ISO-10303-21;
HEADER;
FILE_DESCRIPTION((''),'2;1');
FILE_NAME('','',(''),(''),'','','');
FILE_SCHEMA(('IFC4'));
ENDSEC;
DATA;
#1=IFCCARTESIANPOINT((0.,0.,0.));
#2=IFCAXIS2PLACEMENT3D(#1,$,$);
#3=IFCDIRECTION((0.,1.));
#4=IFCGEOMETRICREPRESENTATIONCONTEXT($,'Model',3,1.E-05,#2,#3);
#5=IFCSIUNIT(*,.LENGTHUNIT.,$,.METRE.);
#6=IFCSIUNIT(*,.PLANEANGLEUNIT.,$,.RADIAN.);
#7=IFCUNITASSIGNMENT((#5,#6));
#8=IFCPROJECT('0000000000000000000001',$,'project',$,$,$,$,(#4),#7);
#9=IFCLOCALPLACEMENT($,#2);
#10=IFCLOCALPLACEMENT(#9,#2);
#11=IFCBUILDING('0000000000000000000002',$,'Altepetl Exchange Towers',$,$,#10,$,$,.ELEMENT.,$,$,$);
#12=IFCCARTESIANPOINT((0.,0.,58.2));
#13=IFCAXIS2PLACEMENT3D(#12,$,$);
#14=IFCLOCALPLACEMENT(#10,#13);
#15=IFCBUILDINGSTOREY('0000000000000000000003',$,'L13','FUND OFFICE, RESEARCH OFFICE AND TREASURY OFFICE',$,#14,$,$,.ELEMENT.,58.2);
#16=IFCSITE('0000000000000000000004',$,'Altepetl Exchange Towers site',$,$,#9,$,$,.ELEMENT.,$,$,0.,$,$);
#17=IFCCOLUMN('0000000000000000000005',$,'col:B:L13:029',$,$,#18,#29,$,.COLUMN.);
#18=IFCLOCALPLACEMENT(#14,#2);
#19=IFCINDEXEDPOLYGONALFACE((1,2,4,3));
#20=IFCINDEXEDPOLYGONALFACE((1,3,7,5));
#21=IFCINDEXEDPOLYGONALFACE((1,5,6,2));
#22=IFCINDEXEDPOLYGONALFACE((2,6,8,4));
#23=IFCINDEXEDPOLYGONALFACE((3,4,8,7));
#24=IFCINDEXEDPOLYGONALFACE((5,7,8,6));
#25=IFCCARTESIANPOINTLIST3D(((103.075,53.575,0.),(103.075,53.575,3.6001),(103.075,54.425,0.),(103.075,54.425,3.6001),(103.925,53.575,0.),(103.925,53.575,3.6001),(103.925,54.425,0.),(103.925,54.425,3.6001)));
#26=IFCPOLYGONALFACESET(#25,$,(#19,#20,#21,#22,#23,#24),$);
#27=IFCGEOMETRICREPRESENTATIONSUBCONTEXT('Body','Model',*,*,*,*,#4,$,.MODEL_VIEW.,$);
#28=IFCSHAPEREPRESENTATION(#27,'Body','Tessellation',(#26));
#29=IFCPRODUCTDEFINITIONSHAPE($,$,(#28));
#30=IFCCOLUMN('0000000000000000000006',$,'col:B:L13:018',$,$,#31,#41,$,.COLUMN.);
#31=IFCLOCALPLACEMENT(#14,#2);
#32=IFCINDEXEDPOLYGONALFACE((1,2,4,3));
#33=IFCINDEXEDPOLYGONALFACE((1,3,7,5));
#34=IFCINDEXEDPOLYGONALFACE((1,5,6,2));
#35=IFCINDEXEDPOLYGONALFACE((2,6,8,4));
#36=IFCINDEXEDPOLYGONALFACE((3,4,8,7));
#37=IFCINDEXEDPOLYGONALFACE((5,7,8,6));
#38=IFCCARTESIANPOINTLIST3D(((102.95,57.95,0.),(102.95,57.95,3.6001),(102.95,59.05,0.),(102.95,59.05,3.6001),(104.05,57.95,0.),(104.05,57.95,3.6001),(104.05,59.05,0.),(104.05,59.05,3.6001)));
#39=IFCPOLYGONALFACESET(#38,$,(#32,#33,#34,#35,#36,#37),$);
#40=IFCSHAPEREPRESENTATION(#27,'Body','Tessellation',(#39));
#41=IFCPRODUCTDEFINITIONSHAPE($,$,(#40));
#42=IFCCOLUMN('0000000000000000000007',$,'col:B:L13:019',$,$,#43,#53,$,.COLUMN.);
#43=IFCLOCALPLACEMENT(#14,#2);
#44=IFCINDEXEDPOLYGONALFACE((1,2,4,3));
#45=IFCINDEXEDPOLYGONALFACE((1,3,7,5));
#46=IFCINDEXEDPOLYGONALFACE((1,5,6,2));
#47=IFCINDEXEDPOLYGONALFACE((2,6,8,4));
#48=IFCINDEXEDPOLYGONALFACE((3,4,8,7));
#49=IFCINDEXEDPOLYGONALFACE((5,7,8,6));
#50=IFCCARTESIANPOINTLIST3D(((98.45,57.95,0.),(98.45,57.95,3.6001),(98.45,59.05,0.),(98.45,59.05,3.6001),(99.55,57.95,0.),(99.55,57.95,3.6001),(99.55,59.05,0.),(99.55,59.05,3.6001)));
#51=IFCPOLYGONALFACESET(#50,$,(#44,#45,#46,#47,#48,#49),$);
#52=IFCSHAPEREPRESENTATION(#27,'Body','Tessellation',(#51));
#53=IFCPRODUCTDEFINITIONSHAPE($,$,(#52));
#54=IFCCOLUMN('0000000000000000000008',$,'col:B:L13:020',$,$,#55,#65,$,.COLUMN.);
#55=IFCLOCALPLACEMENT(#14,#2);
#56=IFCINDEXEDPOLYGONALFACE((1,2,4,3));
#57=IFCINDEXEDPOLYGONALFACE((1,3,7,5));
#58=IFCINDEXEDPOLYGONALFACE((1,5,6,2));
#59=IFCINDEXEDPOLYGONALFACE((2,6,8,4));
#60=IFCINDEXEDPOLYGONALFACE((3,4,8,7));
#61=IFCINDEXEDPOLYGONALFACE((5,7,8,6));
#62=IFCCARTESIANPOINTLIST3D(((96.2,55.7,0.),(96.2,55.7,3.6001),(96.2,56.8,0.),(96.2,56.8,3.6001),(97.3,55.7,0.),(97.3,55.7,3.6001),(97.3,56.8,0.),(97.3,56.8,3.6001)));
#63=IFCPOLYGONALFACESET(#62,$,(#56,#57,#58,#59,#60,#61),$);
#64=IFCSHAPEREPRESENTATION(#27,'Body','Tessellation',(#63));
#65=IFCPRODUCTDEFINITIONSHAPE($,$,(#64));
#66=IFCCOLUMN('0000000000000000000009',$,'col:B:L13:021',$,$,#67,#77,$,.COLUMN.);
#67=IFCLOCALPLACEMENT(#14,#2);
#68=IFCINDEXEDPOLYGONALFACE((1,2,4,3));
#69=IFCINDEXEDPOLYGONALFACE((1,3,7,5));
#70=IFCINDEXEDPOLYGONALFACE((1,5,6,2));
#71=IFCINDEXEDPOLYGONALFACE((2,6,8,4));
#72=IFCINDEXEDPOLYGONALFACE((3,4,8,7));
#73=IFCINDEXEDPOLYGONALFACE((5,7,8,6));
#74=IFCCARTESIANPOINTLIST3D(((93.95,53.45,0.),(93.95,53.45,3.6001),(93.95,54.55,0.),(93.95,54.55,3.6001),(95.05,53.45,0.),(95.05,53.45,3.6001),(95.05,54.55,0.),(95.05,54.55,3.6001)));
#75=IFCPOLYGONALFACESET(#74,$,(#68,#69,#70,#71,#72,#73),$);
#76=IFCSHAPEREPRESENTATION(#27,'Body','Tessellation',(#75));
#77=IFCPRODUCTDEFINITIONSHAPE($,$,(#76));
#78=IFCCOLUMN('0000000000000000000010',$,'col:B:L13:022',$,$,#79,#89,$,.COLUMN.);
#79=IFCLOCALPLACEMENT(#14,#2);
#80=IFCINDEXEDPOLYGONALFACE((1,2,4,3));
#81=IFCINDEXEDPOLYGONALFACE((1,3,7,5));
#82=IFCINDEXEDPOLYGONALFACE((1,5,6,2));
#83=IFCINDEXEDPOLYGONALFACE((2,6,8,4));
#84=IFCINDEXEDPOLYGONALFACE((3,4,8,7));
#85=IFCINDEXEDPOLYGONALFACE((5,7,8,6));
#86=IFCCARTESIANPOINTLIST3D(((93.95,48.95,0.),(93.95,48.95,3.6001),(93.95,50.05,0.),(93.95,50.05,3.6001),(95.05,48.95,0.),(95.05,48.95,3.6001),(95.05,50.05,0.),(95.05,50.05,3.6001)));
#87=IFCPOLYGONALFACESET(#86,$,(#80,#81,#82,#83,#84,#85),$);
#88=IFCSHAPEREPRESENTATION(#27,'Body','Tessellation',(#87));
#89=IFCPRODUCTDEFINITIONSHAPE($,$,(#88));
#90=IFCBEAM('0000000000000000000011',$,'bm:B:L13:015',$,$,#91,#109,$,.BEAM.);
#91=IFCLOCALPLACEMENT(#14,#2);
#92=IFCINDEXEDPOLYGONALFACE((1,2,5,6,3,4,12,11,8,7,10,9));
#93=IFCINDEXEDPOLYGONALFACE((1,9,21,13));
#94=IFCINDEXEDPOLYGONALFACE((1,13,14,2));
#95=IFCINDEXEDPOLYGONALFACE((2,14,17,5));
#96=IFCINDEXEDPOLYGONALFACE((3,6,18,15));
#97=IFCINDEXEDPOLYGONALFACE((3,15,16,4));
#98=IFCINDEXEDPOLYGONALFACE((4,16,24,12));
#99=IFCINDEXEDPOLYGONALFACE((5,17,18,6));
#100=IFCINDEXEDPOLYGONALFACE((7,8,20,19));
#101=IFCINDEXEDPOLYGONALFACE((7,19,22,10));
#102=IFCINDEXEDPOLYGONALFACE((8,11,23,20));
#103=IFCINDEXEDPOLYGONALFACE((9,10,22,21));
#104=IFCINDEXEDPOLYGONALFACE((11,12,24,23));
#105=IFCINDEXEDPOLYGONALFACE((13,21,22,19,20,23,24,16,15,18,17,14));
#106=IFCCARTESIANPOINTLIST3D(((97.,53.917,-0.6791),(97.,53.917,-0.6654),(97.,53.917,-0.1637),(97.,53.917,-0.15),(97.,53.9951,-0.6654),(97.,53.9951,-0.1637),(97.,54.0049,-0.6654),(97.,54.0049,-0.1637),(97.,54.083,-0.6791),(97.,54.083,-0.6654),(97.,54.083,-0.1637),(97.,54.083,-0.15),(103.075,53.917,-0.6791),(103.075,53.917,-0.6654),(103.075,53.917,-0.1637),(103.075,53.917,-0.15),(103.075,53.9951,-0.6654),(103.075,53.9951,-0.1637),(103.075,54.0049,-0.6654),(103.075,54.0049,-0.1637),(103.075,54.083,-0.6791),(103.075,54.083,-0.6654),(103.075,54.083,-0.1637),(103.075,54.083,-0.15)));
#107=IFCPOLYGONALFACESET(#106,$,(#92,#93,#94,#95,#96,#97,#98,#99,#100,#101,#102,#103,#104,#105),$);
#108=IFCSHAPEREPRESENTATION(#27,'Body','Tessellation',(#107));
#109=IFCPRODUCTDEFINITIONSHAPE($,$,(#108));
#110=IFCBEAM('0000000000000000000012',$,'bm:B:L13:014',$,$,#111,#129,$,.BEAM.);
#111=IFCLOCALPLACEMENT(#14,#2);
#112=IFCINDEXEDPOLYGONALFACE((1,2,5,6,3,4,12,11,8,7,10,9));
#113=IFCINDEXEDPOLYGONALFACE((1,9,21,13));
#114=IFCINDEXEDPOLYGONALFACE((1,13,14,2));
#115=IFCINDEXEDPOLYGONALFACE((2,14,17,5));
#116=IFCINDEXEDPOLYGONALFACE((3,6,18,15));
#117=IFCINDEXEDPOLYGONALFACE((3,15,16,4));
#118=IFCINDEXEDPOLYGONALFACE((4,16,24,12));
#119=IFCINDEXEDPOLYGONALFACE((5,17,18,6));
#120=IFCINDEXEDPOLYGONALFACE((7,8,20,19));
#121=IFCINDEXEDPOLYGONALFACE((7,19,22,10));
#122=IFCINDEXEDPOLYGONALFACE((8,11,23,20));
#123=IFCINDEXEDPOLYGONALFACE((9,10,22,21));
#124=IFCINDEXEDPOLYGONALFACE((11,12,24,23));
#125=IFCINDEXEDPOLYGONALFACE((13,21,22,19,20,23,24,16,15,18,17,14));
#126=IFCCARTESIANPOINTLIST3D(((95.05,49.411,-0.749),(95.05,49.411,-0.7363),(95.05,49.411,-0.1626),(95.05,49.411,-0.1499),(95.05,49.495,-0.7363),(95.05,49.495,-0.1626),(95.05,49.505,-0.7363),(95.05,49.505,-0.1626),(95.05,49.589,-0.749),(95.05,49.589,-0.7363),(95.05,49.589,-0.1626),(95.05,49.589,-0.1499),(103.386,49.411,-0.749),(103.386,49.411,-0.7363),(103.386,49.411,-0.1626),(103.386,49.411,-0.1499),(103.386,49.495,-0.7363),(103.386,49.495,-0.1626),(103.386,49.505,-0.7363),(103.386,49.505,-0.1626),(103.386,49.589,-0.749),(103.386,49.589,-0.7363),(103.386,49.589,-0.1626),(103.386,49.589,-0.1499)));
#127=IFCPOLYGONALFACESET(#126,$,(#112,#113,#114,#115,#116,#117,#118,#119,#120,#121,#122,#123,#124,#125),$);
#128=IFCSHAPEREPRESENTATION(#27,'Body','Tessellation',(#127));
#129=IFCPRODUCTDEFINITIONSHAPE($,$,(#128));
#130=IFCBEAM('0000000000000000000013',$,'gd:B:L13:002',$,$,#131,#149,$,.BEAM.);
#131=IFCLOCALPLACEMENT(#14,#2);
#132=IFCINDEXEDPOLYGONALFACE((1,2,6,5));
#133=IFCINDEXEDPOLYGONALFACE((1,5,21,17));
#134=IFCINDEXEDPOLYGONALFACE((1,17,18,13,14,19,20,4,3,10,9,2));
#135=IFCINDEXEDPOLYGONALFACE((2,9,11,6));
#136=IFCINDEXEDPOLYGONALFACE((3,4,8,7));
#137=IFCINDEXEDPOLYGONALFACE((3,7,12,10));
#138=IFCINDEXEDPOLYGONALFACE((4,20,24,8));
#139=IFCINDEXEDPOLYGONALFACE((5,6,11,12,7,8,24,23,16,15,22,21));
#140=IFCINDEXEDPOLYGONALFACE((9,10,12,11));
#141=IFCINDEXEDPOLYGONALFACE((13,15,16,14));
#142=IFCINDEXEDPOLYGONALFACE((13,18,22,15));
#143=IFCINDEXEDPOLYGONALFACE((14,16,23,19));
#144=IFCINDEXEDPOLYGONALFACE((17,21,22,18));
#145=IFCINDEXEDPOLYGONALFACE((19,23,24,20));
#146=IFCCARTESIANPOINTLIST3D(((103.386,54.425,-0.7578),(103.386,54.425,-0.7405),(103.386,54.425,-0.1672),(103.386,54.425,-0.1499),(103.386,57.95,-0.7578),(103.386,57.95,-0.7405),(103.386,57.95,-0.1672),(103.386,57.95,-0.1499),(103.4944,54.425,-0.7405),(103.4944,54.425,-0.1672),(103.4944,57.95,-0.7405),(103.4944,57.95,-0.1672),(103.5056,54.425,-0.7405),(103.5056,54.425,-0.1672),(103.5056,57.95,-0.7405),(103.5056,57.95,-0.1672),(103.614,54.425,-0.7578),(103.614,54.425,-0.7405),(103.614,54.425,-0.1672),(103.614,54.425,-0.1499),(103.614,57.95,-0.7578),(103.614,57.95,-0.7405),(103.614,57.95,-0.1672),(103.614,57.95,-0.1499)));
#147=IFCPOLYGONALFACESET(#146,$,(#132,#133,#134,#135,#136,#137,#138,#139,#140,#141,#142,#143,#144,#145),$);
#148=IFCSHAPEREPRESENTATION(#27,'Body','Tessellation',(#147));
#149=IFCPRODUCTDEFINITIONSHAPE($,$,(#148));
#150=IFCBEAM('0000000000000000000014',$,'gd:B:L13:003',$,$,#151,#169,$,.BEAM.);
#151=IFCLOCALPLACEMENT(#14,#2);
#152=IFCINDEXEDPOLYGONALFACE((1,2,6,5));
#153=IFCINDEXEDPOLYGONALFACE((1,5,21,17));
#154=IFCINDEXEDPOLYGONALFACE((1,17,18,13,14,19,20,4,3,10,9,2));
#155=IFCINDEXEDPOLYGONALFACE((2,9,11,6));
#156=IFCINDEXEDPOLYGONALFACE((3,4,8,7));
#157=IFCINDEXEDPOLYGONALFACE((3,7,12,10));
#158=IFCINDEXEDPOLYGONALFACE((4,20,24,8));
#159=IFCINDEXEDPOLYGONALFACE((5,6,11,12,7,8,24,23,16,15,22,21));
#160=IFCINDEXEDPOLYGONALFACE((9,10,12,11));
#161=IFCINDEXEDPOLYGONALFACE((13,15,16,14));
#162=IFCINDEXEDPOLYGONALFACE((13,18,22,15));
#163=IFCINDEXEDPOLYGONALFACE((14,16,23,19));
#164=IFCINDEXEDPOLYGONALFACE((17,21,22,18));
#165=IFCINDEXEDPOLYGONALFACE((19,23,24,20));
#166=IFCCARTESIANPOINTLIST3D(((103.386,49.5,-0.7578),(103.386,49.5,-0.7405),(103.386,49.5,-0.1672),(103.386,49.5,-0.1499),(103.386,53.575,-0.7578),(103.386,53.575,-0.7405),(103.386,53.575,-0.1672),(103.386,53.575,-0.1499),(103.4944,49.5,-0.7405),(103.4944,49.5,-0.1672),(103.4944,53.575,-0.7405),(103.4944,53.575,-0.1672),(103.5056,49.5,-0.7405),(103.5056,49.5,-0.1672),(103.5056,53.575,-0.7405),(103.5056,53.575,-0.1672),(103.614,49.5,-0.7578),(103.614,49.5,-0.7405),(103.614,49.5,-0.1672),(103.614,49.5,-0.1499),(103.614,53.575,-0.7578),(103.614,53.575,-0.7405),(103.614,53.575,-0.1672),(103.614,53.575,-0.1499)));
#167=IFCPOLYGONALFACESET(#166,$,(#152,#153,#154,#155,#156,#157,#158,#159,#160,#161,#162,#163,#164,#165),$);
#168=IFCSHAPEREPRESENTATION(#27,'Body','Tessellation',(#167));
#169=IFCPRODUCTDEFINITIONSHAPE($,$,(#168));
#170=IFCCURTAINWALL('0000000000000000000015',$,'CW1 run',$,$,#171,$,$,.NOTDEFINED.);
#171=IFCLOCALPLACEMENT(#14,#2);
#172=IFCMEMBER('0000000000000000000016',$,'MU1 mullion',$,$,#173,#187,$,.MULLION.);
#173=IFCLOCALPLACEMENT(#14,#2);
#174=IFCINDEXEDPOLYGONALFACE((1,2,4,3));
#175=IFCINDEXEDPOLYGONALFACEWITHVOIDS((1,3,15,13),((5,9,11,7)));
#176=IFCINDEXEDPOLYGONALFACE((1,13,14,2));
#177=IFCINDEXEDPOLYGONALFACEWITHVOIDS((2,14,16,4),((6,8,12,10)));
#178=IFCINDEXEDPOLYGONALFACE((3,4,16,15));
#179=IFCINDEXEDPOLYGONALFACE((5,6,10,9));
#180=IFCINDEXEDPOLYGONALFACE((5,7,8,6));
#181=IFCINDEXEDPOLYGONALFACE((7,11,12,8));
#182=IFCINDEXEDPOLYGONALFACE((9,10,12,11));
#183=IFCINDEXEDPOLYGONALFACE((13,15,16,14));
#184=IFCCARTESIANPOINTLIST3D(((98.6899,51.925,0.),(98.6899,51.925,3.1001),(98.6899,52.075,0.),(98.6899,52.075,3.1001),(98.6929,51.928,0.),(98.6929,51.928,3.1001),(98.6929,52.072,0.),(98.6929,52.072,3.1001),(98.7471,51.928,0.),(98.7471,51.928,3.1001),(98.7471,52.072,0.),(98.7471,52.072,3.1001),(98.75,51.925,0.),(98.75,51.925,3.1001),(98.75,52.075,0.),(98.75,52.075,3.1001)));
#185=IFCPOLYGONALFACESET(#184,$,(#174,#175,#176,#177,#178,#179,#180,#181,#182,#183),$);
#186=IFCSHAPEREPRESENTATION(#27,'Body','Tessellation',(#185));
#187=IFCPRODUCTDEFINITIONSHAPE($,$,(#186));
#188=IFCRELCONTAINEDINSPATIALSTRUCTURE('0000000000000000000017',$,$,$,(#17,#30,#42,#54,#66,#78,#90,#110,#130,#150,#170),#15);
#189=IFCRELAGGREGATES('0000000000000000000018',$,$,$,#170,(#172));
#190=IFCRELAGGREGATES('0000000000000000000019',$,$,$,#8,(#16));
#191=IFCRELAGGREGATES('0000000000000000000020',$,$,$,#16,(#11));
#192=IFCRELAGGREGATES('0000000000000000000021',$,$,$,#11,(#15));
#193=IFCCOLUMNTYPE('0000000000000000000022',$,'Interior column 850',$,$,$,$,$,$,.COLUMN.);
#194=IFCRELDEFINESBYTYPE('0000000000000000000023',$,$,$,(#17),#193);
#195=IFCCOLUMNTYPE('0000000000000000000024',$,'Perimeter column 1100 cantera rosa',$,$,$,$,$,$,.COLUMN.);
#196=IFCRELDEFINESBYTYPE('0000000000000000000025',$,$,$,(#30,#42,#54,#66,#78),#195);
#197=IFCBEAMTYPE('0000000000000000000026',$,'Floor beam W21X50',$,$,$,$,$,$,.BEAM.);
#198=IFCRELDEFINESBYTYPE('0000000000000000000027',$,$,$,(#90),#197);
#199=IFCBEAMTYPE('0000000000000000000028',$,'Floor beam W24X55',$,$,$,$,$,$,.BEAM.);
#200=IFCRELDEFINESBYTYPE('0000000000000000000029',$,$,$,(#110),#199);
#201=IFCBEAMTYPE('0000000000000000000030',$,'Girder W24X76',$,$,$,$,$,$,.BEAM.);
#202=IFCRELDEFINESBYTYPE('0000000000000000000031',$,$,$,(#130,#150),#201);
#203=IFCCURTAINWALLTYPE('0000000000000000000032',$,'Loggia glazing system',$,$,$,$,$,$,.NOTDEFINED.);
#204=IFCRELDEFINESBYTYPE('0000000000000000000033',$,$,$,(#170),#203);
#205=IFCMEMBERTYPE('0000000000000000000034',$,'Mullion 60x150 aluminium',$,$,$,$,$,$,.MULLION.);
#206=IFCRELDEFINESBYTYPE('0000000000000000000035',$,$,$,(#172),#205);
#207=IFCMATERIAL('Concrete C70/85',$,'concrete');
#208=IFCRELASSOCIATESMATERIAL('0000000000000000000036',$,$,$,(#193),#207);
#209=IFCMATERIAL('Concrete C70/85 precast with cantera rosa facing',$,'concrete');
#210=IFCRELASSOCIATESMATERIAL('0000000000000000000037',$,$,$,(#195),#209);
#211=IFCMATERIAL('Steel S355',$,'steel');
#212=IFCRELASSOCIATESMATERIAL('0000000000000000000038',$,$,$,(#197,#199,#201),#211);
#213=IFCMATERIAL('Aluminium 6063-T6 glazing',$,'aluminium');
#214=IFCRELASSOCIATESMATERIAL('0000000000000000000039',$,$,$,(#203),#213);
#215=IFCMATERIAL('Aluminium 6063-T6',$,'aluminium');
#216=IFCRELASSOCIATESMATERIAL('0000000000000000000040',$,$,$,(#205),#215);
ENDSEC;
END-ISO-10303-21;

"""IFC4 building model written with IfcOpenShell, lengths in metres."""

from ifc_helpers import new_model, si_unit, direction, frame, origin, origin_2d, place, context, subcontext, project, spatial, rectangle, hollow_rectangle, i_section, extrude, material, material_profile, profile_set, type_object, element, aggregate, save


model = new_model("IFC4")

# Units and contexts
model_context = context("Model", 3, precision=1e-05, world=origin(), true_north=direction((0.0, 1.0)))
body_context = subcontext(model_context, "Body", "Model", "MODEL_VIEW")
ifc_project = project(units=[si_unit("LENGTHUNIT", "METRE"), si_unit("PLANEANGLEUNIT", "RADIAN")], contexts=[model_context])

# Site, building, storey
site_placement = place(None, origin())
site = spatial("IfcSite", under=ifc_project, at=site_placement, Name="Altepetl Exchange Towers site", CompositionType="ELEMENT", RefElevation=0.0)
building_placement = place(site_placement, origin())
building = spatial("IfcBuilding", under=site, at=building_placement, Name="Altepetl Exchange Towers", CompositionType="ELEMENT")
storey_placement = place(building_placement, frame((0.0, 0.0, 58.2)))
storey = spatial("IfcBuildingStorey", under=building, at=storey_placement, Name="L13", Description="FUND OFFICE, RESEARCH OFFICE AND TREASURY OFFICE", CompositionType="ELEMENT", Elevation=58.2)

# Columns
ifc_material_1 = material(Name="Concrete C70/85", Category="concrete")
ifc_material_profile_1 = material_profile(ifc_material_1, rectangle(XDim=0.8501, YDim=0.8501, at=origin_2d()), Name="850 x 850")
ifc_profile_set_1 = profile_set([ifc_material_profile_1], Name="Concrete C70/85")
column_type_1 = type_object("IfcColumnType", Name="Interior column 850", PredefinedType="COLUMN", material=ifc_profile_set_1)
column_placement = place(storey_placement, frame((103.5, 54.0, 0.0)))
element("IfcColumn", 1, at=column_placement, inside=storey, type_object=column_type_1, Name="col:B:L13:029", PredefinedType="COLUMN", context=body_context, shape_type="SweptSolid", body=[
    extrude(rectangle(XDim=0.8501, YDim=0.8501, at=origin_2d()), origin(), (0.0, 0.0, 1.0), 3.6001),
])
ifc_material_2 = material(Name="Concrete C70/85 precast with cantera rosa facing", Category="concrete")
ifc_material_profile_2 = material_profile(ifc_material_2, rectangle(XDim=1.1001, YDim=1.1001, at=origin_2d()), Name="1100 x 1100")
ifc_profile_set_2 = profile_set([ifc_material_profile_2], Name="Concrete C70/85 precast with cantera rosa facing")
column_type_2 = type_object("IfcColumnType", Name="Perimeter column 1100 cantera rosa", PredefinedType="COLUMN", material=ifc_profile_set_2)
for number, where, name in (
    (2, (103.5, 58.5, 0.0), "col:B:L13:018"),
    (3, (99.0, 58.5, 0.0), "col:B:L13:019"),
    (4, (96.75, 56.25, 0.0), "col:B:L13:020"),
    (5, (94.5, 54.0, 0.0), "col:B:L13:021"),
    (6, (94.5, 49.5, 0.0), "col:B:L13:022"),
):
    element("IfcColumn", number, at=place(storey_placement, frame(where)), inside=storey, type_object=column_type_2, Name=name, PredefinedType="COLUMN", context=body_context, shape_type="SweptSolid", body=[
        extrude(rectangle(XDim=1.1001, YDim=1.1001, at=origin_2d()), origin(), (0.0, 0.0, 1.0), 3.6001),
    ])

# Beams
ifc_material_3 = material(Name="Steel S355", Category="steel")
ifc_material_profile_3 = material_profile(ifc_material_3, i_section(OverallWidth=0.166, OverallDepth=0.5291, WebThickness=0.0098, FlangeThickness=0.0137, at=origin_2d()), Name="W21X50")
ifc_profile_set_3 = profile_set([ifc_material_profile_3], Name="Steel S355")
beam_type_1 = type_object("IfcBeamType", Name="Floor beam W21X50", PredefinedType="BEAM", material=ifc_profile_set_3)
beam_1_placement = place(storey_placement, frame((97.0, 54.0, -0.4146), z_axis=(1.0, 0.0, 0.0), x_axis=(0.0, 1.0, 0.0)))
element("IfcBeam", 7, at=beam_1_placement, inside=storey, type_object=beam_type_1, Name="bm:B:L13:015", PredefinedType="BEAM", context=body_context, shape_type="SweptSolid", body=[
    extrude(i_section(OverallWidth=0.166, OverallDepth=0.5291, WebThickness=0.0098, FlangeThickness=0.0137, at=origin_2d()), origin(), (0.0, 0.0, 1.0), 6.075),
])
ifc_material_profile_4 = material_profile(ifc_material_3, i_section(OverallWidth=0.178, OverallDepth=0.5991, WebThickness=0.01, FlangeThickness=0.0127, at=origin_2d()), Name="W24X55")
ifc_profile_set_4 = profile_set([ifc_material_profile_4], Name="Steel S355")
beam_type_2 = type_object("IfcBeamType", Name="Floor beam W24X55", PredefinedType="BEAM", material=ifc_profile_set_4)
beam_2_placement = place(storey_placement, frame((95.05, 49.5, -0.4495), z_axis=(1.0, 0.0, 0.0), x_axis=(0.0, 1.0, 0.0)))
element("IfcBeam", 8, at=beam_2_placement, inside=storey, type_object=beam_type_2, Name="bm:B:L13:014", PredefinedType="BEAM", context=body_context, shape_type="SweptSolid", body=[
    extrude(i_section(OverallWidth=0.178, OverallDepth=0.5991, WebThickness=0.01, FlangeThickness=0.0127, at=origin_2d()), origin(), (0.0, 0.0, 1.0), 8.3359),
])
ifc_material_profile_5 = material_profile(ifc_material_3, i_section(OverallWidth=0.228, OverallDepth=0.6079, WebThickness=0.0112, FlangeThickness=0.0173, at=origin_2d()), Name="W24X76")
ifc_profile_set_5 = profile_set([ifc_material_profile_5], Name="Steel S355")
beam_type_3 = type_object("IfcBeamType", Name="Girder W24X76", PredefinedType="BEAM", material=ifc_profile_set_5)
beam_3_placement = place(storey_placement, frame((103.5, 57.95, -0.4539), z_axis=(0.0, -1.0, 0.0), x_axis=(1.0, 0.0, 0.0)))
element("IfcBeam", 9, at=beam_3_placement, inside=storey, type_object=beam_type_3, Name="gd:B:L13:002", PredefinedType="BEAM", context=body_context, shape_type="SweptSolid", body=[
    extrude(i_section(OverallWidth=0.228, OverallDepth=0.6079, WebThickness=0.0112, FlangeThickness=0.0173, at=origin_2d()), origin(), (0.0, 0.0, 1.0), 3.5249),
])
beam_4_placement = place(storey_placement, frame((103.5, 53.575, -0.4539), z_axis=(0.0, -1.0, 0.0), x_axis=(1.0, 0.0, 0.0)))
element("IfcBeam", 10, at=beam_4_placement, inside=storey, type_object=beam_type_3, Name="gd:B:L13:003", PredefinedType="BEAM", context=body_context, shape_type="SweptSolid", body=[
    extrude(i_section(OverallWidth=0.228, OverallDepth=0.6079, WebThickness=0.0112, FlangeThickness=0.0173, at=origin_2d()), origin(), (0.0, 0.0, 1.0), 4.075),
])

# Curtain wall, member
ifc_material_4 = material(Name="Aluminium 6063-T6 glazing", Category="aluminium")
curtain_wall_type = type_object("IfcCurtainWallType", Name="Loggia glazing system", PredefinedType="NOTDEFINED", material=ifc_material_4)
curtain_wall_1_placement = place(storey_placement, origin())
curtain_wall_1 = element("IfcCurtainWall", 11, at=curtain_wall_1_placement, inside=storey, type_object=curtain_wall_type, Name="CW1 run", PredefinedType="NOTDEFINED")
ifc_material_5 = material(Name="Aluminium 6063-T6", Category="aluminium")
ifc_material_profile_6 = material_profile(ifc_material_5, hollow_rectangle(XDim=0.0601, YDim=0.1499, WallThickness=0.0029, at=origin_2d()), Name="Mullion 60x150 aluminium")
ifc_profile_set_6 = profile_set([ifc_material_profile_6], Name="Aluminium 6063-T6")
member_type = type_object("IfcMemberType", Name="Mullion 60x150 aluminium", PredefinedType="MULLION", material=ifc_profile_set_6)
member_1_placement = place(storey_placement, frame((98.72, 52.0, 0.0), z_axis=(0.0, 0.0, 1.0), x_axis=(-1.0, 0.0, 0.0)))
member_1 = element("IfcMember", 12, at=member_1_placement, type_object=member_type, Name="MU1 mullion", PredefinedType="MULLION", context=body_context, shape_type="SweptSolid", body=[
    extrude(hollow_rectangle(XDim=0.0601, YDim=0.1499, WallThickness=0.0029, at=origin_2d()), origin(), (0.0, 0.0, 1.0), 3.1001),
])

aggregate(curtain_wall_1, [member_1])

save(model, "model.ifc")
